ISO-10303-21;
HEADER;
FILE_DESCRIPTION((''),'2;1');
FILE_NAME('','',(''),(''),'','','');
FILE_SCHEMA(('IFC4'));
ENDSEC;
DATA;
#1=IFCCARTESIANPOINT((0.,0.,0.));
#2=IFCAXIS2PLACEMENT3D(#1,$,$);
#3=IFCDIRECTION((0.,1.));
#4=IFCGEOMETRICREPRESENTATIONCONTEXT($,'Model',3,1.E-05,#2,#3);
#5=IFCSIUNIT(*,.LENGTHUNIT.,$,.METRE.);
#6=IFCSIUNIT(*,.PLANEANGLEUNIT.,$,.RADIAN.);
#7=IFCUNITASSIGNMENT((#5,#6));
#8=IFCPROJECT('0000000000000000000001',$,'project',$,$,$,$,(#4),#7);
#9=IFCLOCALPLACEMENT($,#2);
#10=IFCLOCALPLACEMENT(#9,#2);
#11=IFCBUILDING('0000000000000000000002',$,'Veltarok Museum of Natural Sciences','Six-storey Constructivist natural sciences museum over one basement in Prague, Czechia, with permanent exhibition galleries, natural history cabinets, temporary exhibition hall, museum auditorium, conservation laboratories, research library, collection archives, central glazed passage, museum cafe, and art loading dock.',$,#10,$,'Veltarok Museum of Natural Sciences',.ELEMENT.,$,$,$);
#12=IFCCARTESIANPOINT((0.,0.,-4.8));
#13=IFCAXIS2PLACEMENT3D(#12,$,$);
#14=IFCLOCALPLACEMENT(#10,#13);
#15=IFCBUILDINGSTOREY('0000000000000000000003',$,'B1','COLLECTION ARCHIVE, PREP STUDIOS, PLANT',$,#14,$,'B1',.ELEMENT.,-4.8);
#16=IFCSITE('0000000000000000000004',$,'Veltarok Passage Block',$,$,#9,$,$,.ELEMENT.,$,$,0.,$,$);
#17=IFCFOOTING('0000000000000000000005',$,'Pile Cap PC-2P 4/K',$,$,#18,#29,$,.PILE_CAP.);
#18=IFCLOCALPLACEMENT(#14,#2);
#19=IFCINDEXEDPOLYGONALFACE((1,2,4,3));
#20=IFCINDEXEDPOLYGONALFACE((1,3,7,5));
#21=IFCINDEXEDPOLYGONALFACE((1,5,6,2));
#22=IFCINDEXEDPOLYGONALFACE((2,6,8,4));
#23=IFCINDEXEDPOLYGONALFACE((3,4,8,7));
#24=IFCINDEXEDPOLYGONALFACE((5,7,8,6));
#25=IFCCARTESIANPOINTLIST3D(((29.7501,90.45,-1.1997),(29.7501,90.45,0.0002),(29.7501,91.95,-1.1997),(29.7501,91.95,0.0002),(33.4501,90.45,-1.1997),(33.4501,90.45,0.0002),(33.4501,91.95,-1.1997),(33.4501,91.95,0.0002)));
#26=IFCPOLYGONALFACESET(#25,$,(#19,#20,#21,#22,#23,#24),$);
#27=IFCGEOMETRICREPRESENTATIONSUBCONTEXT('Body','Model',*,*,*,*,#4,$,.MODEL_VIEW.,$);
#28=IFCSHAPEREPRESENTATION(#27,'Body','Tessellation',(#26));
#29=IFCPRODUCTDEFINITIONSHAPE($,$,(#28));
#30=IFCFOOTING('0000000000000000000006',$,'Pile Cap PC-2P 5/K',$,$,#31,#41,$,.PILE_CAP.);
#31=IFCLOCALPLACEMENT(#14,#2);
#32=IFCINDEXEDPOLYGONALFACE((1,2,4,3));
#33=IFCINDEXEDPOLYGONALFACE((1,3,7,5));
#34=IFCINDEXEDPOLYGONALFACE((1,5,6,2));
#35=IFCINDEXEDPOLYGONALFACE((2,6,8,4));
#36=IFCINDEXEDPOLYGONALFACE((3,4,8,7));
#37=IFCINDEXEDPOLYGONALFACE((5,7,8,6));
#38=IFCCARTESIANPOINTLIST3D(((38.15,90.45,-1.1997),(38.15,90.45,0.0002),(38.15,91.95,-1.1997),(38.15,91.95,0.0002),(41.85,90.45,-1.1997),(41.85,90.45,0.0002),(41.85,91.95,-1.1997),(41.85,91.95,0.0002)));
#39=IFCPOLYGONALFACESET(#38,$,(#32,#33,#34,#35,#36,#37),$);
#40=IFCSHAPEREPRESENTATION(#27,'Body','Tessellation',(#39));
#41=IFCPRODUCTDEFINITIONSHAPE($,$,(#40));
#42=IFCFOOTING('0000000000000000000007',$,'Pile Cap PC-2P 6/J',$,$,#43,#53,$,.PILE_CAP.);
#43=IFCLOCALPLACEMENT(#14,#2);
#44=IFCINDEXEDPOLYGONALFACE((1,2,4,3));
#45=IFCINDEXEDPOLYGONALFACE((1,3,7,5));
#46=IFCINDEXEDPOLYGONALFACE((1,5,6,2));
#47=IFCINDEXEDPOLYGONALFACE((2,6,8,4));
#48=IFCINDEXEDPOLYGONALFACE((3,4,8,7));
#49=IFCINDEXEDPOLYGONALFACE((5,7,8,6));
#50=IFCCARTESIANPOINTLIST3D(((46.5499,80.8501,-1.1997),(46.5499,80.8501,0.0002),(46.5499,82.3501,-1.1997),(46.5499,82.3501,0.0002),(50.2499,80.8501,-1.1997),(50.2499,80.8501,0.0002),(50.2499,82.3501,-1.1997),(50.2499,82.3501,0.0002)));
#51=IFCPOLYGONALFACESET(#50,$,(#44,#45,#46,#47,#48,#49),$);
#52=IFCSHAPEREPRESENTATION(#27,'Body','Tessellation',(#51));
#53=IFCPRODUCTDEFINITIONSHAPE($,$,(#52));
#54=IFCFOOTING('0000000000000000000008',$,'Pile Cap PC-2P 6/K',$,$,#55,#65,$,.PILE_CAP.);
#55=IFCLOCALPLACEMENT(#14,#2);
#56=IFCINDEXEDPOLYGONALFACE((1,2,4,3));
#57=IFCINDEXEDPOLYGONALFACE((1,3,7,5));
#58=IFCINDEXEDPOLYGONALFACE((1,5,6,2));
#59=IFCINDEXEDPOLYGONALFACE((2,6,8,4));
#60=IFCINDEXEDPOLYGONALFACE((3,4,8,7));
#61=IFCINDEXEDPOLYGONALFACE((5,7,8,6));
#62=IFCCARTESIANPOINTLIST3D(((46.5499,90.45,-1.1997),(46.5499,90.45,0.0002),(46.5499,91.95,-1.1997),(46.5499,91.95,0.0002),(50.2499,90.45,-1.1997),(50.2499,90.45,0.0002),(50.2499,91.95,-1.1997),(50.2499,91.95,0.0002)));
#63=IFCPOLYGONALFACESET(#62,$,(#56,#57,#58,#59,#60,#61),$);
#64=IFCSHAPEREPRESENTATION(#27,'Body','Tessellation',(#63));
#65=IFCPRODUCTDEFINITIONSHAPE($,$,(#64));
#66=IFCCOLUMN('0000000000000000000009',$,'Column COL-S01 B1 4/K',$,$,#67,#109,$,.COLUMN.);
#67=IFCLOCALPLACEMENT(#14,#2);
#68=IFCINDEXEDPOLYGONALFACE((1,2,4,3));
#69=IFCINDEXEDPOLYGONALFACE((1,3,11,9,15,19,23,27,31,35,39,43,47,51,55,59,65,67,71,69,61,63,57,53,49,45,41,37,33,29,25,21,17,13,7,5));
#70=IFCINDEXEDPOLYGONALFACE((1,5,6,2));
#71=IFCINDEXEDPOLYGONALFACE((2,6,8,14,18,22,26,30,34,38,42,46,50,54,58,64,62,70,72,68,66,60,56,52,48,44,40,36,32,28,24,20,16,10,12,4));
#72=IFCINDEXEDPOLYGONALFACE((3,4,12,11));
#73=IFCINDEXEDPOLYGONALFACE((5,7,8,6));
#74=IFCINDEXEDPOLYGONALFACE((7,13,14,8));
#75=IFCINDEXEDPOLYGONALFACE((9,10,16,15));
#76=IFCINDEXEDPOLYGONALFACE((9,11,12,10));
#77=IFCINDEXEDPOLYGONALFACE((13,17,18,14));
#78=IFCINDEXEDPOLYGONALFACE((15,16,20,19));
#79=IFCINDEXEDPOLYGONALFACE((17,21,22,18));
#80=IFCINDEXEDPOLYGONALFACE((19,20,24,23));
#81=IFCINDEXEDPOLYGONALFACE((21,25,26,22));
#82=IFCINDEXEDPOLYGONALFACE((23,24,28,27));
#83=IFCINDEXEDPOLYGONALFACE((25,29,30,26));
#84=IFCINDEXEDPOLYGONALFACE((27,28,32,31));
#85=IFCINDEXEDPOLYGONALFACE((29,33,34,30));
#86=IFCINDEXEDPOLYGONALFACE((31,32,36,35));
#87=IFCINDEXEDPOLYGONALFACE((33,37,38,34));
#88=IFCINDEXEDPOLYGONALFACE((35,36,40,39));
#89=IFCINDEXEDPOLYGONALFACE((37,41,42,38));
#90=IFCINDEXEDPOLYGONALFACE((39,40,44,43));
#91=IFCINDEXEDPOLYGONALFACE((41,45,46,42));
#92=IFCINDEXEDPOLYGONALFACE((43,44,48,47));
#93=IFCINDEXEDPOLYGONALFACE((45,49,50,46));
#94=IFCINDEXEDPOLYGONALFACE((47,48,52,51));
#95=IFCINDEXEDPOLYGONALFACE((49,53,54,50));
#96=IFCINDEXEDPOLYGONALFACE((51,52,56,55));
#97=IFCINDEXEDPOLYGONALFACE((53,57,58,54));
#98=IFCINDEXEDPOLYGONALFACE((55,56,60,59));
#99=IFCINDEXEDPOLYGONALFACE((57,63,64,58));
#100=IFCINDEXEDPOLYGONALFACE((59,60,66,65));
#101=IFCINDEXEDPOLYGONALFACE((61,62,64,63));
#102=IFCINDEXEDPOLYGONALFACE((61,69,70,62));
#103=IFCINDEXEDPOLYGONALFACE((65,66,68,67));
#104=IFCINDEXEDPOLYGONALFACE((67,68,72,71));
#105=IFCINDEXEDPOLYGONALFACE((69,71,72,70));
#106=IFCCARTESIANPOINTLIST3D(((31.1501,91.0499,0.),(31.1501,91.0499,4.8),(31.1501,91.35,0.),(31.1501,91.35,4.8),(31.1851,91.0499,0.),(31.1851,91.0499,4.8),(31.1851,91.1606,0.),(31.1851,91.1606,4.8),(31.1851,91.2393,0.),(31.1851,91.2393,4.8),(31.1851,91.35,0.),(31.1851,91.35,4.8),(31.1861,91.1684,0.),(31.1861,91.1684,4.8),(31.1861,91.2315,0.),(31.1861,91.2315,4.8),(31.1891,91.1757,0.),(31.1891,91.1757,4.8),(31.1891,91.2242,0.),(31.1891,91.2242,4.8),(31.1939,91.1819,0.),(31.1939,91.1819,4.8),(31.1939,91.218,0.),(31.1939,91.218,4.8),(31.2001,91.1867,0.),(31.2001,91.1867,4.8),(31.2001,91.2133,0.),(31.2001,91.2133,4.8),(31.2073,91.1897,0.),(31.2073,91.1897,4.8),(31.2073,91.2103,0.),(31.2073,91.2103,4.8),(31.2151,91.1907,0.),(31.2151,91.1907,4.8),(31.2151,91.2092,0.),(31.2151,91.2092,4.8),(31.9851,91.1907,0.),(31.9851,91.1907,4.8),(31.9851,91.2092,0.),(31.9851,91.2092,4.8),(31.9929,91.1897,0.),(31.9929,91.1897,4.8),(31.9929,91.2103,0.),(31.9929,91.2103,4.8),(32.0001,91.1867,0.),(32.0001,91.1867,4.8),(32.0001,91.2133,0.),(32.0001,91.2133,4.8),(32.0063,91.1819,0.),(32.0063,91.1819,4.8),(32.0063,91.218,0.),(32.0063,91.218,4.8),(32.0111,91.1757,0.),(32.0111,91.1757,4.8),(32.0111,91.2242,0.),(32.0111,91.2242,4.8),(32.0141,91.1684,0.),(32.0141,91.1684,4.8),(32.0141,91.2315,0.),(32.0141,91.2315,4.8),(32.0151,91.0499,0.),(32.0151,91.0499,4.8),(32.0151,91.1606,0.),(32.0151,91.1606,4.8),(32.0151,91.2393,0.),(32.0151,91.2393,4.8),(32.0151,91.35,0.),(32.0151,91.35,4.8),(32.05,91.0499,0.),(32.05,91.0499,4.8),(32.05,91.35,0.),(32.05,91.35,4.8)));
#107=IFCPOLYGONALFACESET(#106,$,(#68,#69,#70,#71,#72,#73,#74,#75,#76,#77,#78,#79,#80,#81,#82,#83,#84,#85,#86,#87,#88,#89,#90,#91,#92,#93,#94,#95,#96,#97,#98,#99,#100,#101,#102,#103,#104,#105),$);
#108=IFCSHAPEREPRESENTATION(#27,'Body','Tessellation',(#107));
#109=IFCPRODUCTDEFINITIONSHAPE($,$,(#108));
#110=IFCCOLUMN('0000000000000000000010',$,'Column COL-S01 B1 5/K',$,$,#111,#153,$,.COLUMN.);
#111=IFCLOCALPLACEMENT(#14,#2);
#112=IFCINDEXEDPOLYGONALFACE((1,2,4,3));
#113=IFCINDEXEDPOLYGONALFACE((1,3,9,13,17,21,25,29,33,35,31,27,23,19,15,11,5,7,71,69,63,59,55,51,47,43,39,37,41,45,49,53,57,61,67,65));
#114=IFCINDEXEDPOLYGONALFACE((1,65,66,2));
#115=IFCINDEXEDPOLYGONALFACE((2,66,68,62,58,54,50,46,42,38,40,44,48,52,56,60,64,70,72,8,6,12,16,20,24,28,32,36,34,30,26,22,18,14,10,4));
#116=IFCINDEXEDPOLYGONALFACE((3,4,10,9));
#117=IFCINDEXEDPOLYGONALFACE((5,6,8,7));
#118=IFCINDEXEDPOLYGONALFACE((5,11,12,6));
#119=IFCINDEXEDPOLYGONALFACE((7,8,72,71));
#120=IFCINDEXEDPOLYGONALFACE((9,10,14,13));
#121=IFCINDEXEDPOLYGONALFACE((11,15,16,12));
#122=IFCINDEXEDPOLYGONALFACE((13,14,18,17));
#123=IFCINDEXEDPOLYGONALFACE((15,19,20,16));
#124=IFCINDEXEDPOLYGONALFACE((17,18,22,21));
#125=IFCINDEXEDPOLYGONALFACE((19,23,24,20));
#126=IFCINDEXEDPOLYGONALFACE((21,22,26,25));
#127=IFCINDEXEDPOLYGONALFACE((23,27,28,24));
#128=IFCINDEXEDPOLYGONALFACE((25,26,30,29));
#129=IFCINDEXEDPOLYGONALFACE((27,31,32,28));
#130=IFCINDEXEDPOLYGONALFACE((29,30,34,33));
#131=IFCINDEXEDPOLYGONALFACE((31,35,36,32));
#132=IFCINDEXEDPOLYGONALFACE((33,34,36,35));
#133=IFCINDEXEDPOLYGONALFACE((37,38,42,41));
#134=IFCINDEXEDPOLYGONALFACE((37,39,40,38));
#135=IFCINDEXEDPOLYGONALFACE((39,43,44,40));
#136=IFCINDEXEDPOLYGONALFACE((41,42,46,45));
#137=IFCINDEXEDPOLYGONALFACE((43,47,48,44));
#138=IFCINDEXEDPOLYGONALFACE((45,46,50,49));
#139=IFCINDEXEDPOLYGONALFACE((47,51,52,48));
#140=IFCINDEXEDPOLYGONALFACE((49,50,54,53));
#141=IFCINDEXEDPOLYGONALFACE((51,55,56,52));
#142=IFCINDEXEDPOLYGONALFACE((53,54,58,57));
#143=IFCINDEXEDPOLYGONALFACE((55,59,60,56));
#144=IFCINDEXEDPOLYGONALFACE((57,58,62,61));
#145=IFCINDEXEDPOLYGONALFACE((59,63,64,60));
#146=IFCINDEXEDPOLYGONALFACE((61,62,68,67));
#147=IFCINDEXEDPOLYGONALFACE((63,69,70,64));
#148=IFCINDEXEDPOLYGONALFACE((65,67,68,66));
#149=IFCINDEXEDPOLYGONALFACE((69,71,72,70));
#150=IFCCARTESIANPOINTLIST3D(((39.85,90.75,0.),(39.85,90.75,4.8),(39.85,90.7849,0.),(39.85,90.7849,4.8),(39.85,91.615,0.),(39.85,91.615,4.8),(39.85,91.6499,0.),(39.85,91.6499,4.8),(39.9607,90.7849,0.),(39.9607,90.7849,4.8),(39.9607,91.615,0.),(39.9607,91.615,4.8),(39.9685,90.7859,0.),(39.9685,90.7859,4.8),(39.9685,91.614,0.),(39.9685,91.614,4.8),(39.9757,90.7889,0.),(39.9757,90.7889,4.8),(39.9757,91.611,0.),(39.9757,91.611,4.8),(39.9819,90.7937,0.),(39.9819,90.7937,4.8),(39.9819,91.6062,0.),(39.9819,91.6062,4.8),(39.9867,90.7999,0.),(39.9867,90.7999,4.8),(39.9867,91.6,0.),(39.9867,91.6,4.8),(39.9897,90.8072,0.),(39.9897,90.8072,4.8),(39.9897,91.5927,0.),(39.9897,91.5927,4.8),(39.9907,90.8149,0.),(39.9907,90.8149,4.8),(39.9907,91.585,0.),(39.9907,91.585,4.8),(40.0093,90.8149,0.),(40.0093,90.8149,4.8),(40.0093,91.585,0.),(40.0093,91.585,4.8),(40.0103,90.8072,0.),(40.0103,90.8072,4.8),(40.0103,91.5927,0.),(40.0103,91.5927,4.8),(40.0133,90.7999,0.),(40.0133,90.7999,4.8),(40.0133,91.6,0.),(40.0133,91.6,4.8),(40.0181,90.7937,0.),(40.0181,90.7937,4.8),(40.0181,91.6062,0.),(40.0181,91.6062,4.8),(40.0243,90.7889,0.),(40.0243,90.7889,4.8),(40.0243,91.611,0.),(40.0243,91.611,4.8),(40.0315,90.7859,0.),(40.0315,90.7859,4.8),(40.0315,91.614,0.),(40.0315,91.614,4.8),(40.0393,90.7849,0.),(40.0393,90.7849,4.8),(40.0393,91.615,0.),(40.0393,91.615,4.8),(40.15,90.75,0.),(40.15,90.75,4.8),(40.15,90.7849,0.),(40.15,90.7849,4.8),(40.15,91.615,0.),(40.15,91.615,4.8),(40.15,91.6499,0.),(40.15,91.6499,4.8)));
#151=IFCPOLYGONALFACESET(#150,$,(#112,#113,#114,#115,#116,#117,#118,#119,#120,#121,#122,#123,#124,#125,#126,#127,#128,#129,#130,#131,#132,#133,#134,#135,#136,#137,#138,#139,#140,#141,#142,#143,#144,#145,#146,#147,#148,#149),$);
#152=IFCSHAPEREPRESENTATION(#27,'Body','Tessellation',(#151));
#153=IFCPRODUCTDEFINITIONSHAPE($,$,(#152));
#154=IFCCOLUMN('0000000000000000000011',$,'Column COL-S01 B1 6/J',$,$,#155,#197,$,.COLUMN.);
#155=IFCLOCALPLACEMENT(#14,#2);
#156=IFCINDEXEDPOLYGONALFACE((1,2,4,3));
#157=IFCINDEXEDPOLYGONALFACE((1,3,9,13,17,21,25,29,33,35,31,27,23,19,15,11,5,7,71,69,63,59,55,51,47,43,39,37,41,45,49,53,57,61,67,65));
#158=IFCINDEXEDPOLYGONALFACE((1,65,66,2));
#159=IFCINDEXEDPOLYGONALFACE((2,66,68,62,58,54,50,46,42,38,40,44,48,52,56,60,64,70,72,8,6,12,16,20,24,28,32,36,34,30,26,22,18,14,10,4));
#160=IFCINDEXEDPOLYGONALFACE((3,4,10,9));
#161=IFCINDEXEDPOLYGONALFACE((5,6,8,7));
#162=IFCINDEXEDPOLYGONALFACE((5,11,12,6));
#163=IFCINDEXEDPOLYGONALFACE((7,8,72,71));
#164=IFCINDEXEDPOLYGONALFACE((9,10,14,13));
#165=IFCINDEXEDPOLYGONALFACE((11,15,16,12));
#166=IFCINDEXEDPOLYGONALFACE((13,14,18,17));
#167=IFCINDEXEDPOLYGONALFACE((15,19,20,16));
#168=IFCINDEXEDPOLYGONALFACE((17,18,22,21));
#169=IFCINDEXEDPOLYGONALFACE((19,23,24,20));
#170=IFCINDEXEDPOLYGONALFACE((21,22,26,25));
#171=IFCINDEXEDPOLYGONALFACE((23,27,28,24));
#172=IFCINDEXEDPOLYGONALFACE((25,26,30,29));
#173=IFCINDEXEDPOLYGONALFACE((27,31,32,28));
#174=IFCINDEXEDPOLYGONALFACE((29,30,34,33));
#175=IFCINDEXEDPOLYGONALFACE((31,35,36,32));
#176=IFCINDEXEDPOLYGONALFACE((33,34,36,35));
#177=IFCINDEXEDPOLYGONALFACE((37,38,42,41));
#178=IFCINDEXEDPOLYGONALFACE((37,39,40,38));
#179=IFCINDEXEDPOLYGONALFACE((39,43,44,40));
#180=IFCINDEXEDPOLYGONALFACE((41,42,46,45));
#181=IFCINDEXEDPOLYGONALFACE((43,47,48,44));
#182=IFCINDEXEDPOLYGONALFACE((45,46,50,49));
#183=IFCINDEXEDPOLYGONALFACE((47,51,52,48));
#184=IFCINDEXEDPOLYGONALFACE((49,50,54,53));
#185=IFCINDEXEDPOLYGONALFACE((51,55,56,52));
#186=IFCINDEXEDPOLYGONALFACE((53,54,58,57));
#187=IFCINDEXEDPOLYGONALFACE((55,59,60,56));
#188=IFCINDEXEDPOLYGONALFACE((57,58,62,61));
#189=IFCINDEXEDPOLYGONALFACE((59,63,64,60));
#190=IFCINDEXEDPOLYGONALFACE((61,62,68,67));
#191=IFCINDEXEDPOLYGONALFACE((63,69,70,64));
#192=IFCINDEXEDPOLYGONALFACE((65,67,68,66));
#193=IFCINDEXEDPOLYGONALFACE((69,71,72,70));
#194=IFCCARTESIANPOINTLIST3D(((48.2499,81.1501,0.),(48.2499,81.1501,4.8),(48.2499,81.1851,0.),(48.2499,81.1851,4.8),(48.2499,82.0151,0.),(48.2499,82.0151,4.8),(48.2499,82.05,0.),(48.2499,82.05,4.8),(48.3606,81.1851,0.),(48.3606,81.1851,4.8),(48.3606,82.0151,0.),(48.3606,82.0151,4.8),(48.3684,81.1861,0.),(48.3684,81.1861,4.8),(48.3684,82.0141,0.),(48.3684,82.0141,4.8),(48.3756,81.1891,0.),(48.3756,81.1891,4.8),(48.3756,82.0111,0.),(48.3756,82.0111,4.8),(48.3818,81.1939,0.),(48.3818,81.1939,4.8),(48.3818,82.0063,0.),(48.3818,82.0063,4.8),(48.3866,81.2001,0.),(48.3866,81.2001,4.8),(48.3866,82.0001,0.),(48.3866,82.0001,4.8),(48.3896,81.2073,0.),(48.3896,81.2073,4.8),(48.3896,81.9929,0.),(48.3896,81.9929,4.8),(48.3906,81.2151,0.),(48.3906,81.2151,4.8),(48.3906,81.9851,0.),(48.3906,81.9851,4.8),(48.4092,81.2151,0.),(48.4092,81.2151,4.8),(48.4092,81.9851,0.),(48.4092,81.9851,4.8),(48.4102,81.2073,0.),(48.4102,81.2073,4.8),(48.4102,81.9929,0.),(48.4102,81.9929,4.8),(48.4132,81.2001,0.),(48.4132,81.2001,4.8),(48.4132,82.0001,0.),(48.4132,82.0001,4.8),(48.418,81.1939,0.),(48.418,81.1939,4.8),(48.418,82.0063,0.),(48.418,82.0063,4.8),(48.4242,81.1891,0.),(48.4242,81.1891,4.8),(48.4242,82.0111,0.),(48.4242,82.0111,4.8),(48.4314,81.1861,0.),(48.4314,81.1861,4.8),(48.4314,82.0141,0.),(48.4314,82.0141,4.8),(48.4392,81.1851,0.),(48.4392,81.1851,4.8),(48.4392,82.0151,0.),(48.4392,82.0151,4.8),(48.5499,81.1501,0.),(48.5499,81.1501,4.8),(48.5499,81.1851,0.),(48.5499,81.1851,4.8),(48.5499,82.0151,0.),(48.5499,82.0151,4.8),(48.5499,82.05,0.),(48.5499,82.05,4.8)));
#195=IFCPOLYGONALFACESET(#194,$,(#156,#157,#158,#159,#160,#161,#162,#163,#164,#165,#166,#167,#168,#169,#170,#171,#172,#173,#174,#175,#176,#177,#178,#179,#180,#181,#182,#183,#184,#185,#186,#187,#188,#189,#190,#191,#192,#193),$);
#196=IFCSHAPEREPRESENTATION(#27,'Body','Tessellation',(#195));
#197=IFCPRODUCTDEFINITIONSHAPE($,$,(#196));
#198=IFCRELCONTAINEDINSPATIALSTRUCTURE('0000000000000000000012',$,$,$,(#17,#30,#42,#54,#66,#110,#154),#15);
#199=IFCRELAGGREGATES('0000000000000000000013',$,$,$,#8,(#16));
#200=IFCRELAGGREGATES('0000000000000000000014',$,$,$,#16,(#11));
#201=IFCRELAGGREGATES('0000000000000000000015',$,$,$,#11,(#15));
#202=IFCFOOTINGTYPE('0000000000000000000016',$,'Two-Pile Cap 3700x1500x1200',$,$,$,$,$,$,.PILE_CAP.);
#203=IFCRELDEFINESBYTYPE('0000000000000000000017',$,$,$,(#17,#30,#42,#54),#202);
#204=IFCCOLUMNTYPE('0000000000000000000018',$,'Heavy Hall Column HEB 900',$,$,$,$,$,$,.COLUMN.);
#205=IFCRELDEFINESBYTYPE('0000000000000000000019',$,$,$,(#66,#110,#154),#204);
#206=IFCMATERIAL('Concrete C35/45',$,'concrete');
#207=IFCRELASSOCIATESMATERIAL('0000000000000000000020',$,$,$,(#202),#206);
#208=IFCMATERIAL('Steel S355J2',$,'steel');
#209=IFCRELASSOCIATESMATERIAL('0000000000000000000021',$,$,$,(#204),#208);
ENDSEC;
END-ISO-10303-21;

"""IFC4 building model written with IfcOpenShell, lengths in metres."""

from ifc_helpers import new_model, si_unit, direction, frame, origin, origin_2d, place, context, subcontext, project, spatial, rectangle, i_section, extrude, material, material_profile, profile_set, type_object, element, save


model = new_model("IFC4")

# Units and contexts
model_context = context("Model", 3, precision=1e-05, world=origin(), true_north=direction((0.0, 1.0)))
body_context = subcontext(model_context, "Body", "Model", "MODEL_VIEW")
ifc_project = project(units=[si_unit("LENGTHUNIT", "METRE"), si_unit("PLANEANGLEUNIT", "RADIAN")], contexts=[model_context])

# Site, building, storey
site_placement = place(None, origin())
site = spatial("IfcSite", under=ifc_project, at=site_placement, Name="Veltarok Passage Block", CompositionType="ELEMENT", RefElevation=0.0)
building_placement = place(site_placement, origin())
building = spatial("IfcBuilding", under=site, at=building_placement, Name="Veltarok Museum of Natural Sciences", Description="Six-storey Constructivist natural sciences museum over one basement in Prague, Czechia, with permanent exhibition galleries, natural history cabinets, temporary exhibition hall, museum auditorium, conservation laboratories, research library, collection archives, central glazed passage, museum cafe, and art loading dock.", LongName="Veltarok Museum of Natural Sciences", CompositionType="ELEMENT")
storey_placement = place(building_placement, frame((0.0, 0.0, -4.8)))
storey = spatial("IfcBuildingStorey", under=building, at=storey_placement, Name="B1", Description="COLLECTION ARCHIVE, PREP STUDIOS, PLANT", LongName="B1", CompositionType="ELEMENT", Elevation=-4.8)

# Shared definitions
ifc_material_1 = material(Name="Concrete C35/45", Category="concrete")

# Footings
footing_type_1 = type_object("IfcFootingType", Name="Two-Pile Cap 3700x1500x1200", PredefinedType="PILE_CAP", material=ifc_material_1)
for number, where, z_axis, x_axis, name in (
    (1, (31.6001, 91.2, -1.1997), (0.0, 0.0, 1.0), (1.0, 0.0, 0.0), "Pile Cap PC-2P 4/K"),
    (2, (40.0, 91.2, -1.1997), (0.0, 0.0, 1.0), (1.0, 0.0, 0.0), "Pile Cap PC-2P 5/K"),
    (3, (48.3999, 81.6001, -1.1997), (0.0, 0.0, 1.0), (1.0, 0.0, 0.0), "Pile Cap PC-2P 6/J"),
    (4, (48.3999, 91.2, -1.1997), (0.0, 0.0, 1.0), (1.0, 0.0, 0.0), "Pile Cap PC-2P 6/K"),
):
    element("IfcFooting", number, at=place(storey_placement, frame(where, z_axis=z_axis, x_axis=x_axis)), inside=storey, type_object=footing_type_1, Name=name, PredefinedType="PILE_CAP", context=body_context, shape_type="SweptSolid", body=[
        extrude(rectangle(XDim=3.7, YDim=1.5, at=origin_2d()), origin(), (0.0, 0.0, 1.0), 1.2),
    ])

# Columns
ifc_material_2 = material(Name="Steel S355J2", Category="steel")
ifc_material_profile_1 = material_profile(ifc_material_2, i_section(OverallWidth=0.3, OverallDepth=0.8999, WebThickness=0.0186, FlangeThickness=0.0349, FilletRadius=0.03, at=origin_2d()), Name="HEB 900")
ifc_profile_set_1 = profile_set([ifc_material_profile_1], Name="Steel S355J2")
column_type = type_object("IfcColumnType", Name="Heavy Hall Column HEB 900", PredefinedType="COLUMN", material=ifc_profile_set_1)
for number, where, z_axis, x_axis, name in (
    (5, (31.6001, 91.2, 0.0), (0.0, 0.0, 1.0), (0.0, 1.0, 0.0), "Column COL-S01 B1 4/K"),
    (6, (40.0, 91.2, 0.0), (0.0, 0.0, 1.0), (1.0, 0.0, 0.0), "Column COL-S01 B1 5/K"),
    (7, (48.3999, 81.6001, 0.0), (0.0, 0.0, 1.0), (1.0, 0.0, 0.0), "Column COL-S01 B1 6/J"),
):
    element("IfcColumn", number, at=place(storey_placement, frame(where, z_axis=z_axis, x_axis=x_axis)), inside=storey, type_object=column_type, Name=name, PredefinedType="COLUMN", context=body_context, shape_type="SweptSolid", body=[
        extrude(i_section(OverallWidth=0.3, OverallDepth=0.8999, WebThickness=0.0186, FlangeThickness=0.0349, FilletRadius=0.03, at=origin_2d()), origin(), (0.0, 0.0, 1.0), 4.8),
    ])

save(model, "model.ifc")
